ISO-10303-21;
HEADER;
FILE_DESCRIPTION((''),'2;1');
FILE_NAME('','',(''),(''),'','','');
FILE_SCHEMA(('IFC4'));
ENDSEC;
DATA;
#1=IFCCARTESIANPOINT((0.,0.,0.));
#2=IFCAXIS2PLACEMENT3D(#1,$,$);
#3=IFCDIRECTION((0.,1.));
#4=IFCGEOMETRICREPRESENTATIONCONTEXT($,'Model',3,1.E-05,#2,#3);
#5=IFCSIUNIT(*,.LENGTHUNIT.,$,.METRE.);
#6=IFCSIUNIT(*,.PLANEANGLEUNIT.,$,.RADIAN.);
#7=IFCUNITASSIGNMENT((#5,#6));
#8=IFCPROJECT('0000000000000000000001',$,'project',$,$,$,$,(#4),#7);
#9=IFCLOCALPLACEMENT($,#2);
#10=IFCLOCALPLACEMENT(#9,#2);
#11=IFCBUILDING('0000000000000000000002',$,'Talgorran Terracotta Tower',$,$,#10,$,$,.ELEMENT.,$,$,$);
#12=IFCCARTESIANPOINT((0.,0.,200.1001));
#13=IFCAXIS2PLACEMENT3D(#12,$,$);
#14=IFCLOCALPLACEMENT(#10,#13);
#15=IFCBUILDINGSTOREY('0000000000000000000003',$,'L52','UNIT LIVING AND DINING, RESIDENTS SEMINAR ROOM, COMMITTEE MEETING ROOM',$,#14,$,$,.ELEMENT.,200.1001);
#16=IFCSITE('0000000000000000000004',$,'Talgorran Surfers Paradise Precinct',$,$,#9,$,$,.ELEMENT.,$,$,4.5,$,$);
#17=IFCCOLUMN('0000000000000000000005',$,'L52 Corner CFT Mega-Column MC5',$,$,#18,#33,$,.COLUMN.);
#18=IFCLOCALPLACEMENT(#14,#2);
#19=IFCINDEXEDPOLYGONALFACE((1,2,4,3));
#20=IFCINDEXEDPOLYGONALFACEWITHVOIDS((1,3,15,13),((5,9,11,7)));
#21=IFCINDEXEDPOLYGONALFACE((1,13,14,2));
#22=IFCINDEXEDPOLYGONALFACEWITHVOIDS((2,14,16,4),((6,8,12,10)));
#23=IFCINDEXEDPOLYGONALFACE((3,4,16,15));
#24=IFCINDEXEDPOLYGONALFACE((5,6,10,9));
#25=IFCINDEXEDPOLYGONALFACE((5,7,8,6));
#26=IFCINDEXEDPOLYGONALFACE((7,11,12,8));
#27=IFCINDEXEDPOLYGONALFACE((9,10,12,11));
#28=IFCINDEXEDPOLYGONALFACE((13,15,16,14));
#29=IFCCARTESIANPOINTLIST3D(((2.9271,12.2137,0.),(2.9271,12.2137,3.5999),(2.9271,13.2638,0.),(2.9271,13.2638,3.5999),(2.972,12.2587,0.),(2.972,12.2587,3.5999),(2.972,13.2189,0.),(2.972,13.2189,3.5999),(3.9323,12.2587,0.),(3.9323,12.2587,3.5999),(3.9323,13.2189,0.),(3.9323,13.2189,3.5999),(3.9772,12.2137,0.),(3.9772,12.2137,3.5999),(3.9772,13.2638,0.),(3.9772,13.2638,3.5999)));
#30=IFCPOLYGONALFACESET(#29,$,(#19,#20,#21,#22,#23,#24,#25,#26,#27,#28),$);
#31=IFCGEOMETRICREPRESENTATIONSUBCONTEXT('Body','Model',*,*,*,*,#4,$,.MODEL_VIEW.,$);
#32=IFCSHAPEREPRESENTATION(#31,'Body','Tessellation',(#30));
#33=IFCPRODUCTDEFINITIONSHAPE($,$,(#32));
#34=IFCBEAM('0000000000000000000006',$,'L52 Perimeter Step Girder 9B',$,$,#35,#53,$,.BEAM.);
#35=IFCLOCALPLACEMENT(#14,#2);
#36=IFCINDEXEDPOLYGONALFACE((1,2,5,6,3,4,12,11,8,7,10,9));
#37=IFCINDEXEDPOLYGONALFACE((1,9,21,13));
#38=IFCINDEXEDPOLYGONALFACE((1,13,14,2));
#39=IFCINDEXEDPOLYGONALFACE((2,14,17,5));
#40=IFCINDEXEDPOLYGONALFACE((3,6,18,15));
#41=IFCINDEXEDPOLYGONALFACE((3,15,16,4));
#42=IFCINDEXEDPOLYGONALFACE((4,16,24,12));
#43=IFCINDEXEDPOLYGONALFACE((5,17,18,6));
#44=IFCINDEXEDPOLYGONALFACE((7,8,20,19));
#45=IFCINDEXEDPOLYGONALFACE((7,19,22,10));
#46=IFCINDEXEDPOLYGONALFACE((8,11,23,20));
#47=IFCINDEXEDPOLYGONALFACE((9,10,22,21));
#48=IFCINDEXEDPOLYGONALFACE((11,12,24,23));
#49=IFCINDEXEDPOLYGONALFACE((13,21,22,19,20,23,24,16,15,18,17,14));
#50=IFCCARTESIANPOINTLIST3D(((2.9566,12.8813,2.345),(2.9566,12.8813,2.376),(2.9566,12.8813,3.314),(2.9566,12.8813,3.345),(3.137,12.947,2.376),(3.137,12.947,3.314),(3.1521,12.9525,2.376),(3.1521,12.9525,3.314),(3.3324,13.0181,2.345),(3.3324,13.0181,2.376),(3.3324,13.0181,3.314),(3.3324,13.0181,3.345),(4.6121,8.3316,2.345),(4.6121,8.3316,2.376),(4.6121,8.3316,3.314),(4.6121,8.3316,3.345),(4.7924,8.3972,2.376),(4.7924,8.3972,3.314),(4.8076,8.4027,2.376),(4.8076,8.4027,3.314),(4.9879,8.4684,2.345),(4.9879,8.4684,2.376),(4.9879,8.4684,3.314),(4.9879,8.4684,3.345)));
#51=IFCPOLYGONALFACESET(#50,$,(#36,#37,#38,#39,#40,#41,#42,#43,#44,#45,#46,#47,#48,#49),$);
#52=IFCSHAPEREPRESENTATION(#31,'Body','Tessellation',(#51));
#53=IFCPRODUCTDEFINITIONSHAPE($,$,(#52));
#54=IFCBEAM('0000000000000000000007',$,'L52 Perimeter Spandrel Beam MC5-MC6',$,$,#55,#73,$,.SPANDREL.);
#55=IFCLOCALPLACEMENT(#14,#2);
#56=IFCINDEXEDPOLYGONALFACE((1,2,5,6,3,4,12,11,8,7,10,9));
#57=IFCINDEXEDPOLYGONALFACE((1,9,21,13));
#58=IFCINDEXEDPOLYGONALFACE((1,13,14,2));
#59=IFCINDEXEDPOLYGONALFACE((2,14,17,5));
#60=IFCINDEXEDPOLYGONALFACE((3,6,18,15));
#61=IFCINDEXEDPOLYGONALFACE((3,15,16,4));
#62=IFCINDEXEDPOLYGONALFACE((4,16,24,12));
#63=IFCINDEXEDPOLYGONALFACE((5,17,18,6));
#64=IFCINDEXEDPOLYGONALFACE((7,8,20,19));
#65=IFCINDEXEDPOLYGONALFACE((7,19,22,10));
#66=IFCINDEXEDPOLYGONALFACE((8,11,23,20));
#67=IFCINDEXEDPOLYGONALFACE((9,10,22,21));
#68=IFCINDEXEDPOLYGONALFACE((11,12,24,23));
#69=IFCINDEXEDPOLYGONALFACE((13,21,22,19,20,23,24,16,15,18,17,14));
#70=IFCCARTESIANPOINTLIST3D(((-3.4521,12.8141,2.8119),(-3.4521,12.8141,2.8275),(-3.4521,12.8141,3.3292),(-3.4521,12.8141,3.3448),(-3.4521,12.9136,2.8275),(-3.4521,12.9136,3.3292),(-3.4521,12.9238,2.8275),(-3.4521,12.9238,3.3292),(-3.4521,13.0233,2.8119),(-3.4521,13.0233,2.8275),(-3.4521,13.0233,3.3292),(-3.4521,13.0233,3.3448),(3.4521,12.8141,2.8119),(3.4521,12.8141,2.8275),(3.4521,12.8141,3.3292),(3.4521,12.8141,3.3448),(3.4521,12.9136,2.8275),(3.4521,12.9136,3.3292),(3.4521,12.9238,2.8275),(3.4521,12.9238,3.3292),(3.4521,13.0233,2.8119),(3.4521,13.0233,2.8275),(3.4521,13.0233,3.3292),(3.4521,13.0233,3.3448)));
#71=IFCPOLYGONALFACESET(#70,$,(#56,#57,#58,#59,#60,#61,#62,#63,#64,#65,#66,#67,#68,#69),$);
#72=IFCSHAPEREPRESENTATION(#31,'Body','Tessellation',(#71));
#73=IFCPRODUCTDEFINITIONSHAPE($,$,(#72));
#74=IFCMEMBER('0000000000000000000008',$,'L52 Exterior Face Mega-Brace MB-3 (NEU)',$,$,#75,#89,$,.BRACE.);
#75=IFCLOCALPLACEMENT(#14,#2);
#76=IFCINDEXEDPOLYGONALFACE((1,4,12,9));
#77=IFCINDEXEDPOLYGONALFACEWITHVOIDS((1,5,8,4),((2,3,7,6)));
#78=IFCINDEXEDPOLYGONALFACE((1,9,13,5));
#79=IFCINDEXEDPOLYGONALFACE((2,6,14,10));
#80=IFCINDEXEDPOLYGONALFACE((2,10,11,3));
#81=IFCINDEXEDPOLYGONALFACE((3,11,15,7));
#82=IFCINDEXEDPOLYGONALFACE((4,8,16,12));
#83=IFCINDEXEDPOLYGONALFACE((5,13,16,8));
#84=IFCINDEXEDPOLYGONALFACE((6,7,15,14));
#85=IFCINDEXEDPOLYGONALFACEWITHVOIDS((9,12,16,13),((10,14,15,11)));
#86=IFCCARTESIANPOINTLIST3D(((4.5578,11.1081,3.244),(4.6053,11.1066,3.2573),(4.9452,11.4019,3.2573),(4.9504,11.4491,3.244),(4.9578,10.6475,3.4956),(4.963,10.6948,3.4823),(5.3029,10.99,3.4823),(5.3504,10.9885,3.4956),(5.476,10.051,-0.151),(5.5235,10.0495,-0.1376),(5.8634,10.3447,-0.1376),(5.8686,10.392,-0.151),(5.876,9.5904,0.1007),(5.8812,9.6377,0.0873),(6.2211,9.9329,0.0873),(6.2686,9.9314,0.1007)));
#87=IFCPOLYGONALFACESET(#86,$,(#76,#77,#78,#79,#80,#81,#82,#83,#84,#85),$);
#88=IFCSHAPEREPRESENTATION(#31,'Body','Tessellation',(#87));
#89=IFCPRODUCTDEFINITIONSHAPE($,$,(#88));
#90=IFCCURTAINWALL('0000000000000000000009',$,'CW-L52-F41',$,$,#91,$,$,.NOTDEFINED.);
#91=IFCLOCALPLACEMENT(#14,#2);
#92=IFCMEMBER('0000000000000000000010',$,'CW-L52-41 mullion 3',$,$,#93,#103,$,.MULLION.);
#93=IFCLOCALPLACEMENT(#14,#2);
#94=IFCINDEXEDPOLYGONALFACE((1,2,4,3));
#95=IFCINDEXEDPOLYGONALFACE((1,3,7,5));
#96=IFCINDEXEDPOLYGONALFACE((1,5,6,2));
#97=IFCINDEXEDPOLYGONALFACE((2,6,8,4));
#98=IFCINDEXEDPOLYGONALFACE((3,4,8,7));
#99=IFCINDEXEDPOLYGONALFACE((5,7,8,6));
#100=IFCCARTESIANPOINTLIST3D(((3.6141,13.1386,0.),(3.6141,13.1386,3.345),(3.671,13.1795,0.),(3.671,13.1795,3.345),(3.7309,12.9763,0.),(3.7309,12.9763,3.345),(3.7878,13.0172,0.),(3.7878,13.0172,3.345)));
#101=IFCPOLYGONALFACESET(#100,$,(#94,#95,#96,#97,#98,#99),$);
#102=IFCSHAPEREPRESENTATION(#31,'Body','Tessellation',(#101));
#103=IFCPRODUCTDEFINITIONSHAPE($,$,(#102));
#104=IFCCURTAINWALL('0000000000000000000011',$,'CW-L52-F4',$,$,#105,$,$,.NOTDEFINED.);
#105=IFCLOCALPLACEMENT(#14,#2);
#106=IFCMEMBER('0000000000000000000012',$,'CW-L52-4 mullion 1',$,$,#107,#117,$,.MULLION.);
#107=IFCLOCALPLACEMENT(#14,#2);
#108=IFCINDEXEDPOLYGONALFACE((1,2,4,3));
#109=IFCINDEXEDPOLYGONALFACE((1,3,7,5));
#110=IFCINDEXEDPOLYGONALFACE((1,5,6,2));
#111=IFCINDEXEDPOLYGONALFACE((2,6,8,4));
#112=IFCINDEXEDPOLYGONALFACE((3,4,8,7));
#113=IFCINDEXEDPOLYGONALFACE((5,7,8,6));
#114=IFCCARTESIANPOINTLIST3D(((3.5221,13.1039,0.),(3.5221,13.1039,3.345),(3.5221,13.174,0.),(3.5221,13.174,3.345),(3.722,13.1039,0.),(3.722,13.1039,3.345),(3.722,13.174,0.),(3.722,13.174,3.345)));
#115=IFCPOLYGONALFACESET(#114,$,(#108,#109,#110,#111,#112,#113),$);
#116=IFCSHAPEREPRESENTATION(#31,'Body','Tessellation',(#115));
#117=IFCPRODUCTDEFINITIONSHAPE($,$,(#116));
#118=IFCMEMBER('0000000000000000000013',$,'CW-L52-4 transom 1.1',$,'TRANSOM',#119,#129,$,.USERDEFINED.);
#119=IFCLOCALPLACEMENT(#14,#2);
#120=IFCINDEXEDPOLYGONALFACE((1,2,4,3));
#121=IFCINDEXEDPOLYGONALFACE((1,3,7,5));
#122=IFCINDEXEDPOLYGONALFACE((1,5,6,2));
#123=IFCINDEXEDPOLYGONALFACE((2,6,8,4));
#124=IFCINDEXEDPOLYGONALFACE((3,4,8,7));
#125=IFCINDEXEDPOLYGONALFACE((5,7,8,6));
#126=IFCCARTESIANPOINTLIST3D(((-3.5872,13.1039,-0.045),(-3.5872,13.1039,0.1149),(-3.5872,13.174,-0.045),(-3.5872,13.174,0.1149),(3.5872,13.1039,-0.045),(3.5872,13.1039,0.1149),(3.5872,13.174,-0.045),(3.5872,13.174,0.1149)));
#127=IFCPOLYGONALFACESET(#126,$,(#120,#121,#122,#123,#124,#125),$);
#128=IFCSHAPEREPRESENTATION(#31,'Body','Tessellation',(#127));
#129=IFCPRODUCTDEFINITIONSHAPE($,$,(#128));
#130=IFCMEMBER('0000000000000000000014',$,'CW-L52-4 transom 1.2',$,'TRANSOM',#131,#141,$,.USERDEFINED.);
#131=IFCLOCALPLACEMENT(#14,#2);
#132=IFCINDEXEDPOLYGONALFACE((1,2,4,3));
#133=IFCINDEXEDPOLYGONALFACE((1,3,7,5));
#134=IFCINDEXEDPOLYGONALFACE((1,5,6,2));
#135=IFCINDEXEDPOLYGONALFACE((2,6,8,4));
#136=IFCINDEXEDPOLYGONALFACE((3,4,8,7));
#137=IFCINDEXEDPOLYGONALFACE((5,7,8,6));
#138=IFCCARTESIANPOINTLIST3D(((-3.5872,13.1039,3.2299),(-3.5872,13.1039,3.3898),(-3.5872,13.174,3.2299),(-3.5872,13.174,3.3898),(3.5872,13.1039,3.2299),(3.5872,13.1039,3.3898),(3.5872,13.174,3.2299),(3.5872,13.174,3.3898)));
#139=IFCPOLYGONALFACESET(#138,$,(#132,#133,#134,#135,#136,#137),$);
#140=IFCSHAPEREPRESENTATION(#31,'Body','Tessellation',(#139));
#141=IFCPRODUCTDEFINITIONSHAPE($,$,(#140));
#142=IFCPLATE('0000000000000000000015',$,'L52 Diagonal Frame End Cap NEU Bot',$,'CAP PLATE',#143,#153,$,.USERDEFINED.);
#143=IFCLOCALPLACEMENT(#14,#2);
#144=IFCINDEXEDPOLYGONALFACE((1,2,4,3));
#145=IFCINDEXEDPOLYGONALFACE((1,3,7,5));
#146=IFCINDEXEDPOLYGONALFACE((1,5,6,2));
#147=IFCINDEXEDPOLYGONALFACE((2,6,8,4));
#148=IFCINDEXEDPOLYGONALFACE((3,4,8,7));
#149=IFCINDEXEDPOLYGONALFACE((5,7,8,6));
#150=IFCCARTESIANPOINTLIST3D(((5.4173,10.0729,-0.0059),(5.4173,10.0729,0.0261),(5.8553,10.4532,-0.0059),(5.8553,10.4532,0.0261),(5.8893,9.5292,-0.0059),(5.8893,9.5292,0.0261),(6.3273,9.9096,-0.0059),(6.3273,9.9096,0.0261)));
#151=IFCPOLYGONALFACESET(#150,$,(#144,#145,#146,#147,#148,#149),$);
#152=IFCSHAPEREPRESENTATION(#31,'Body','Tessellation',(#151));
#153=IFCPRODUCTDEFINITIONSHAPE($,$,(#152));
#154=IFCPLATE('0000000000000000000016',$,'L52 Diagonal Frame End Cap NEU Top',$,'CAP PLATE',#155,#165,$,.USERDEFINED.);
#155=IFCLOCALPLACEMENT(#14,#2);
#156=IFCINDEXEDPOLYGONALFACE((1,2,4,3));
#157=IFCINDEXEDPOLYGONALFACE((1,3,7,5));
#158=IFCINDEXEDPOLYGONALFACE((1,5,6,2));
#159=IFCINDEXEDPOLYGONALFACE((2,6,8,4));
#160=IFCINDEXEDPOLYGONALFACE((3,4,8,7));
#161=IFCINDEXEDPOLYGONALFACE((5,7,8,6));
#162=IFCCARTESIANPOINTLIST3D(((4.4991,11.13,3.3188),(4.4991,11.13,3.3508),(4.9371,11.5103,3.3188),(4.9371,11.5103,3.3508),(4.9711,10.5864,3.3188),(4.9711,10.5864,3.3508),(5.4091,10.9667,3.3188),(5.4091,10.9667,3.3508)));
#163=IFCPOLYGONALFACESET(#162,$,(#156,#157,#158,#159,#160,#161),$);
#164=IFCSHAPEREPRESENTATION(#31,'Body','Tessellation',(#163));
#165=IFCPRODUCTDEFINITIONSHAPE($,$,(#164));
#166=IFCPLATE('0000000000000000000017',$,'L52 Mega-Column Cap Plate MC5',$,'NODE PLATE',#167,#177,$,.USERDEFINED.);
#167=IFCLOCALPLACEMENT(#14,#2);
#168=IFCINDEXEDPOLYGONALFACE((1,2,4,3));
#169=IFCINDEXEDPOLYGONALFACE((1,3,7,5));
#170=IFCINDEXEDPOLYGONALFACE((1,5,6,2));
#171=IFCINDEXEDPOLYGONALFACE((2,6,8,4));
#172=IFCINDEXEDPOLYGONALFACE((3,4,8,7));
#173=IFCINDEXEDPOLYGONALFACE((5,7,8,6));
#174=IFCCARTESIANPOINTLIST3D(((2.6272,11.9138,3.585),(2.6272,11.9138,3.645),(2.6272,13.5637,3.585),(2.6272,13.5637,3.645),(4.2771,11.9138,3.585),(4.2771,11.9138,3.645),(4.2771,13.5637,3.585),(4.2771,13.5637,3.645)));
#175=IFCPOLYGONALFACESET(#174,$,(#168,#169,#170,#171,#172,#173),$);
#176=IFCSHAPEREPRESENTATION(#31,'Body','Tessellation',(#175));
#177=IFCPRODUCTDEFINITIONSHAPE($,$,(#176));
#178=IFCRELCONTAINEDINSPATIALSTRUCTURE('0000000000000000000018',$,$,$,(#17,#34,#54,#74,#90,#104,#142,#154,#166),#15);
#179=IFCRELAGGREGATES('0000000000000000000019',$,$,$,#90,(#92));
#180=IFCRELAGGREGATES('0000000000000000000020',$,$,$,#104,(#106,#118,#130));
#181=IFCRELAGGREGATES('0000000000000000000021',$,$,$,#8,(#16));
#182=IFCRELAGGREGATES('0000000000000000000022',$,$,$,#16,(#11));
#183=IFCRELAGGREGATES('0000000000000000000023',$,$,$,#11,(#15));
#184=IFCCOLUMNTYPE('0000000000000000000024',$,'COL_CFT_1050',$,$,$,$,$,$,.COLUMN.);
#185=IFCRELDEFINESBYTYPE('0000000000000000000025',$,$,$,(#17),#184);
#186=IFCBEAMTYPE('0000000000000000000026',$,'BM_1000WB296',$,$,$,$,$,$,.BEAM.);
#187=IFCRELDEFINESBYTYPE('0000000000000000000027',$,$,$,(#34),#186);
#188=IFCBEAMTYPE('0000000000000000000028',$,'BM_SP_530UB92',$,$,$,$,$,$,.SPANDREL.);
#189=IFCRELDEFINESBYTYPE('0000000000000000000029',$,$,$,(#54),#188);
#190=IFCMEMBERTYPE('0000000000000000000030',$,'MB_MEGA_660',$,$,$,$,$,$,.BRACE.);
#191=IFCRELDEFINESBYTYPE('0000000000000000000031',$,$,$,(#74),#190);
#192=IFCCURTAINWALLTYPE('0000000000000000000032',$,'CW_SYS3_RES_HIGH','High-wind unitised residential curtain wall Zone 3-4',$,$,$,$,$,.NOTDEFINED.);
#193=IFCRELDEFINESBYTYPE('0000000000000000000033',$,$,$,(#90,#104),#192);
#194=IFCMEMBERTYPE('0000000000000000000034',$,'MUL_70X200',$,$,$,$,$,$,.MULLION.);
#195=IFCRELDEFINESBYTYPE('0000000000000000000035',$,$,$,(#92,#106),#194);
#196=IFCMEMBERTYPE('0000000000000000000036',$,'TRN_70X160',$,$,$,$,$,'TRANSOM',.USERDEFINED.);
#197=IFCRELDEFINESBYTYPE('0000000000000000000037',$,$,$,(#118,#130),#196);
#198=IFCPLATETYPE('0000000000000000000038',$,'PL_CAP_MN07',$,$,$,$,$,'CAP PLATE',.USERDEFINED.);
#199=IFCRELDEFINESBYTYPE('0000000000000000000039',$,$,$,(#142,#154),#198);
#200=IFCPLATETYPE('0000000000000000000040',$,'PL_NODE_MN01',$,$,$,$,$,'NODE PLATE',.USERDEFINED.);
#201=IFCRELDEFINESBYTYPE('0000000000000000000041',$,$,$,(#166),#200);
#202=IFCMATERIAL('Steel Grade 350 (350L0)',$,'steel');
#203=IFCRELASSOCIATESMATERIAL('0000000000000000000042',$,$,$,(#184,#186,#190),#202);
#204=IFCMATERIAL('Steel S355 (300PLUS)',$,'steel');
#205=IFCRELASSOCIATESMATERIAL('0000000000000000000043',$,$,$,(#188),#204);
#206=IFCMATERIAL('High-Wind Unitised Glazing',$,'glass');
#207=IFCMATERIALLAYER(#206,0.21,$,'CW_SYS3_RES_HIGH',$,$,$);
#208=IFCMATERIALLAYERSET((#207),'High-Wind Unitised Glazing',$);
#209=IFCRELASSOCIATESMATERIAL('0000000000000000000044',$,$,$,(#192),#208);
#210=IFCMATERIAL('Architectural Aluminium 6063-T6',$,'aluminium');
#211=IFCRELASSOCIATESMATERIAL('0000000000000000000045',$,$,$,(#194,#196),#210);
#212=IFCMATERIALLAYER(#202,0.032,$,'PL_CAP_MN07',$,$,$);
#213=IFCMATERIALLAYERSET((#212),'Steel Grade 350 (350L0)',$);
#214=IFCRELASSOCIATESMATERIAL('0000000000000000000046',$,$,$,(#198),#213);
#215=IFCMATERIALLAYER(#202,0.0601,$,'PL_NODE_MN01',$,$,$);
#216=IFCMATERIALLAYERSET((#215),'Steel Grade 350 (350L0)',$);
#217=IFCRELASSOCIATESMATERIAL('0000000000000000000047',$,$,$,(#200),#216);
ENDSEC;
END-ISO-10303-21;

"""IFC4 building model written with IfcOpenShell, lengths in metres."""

from ifc_helpers import new_model, si_unit, direction, frame, origin, origin_2d, place, context, subcontext, project, spatial, rectangle, hollow_rectangle, i_section, extrude, material, layer, layer_set, material_profile, profile_set, type_object, element, aggregate, save


model = new_model("IFC4")

# Units and contexts
model_context = context("Model", 3, precision=1e-05, world=origin(), true_north=direction((0.0, 1.0)))
body_context = subcontext(model_context, "Body", "Model", "MODEL_VIEW")
ifc_project = project(units=[si_unit("LENGTHUNIT", "METRE"), si_unit("PLANEANGLEUNIT", "RADIAN")], contexts=[model_context])

# Site, building, storey
site_placement = place(None, origin())
site = spatial("IfcSite", under=ifc_project, at=site_placement, Name="Talgorran Surfers Paradise Precinct", CompositionType="ELEMENT", RefElevation=4.5)
building_placement = place(site_placement, origin())
building = spatial("IfcBuilding", under=site, at=building_placement, Name="Talgorran Terracotta Tower", CompositionType="ELEMENT")
storey_placement = place(building_placement, frame((0.0, 0.0, 200.1001)))
storey = spatial("IfcBuildingStorey", under=building, at=storey_placement, Name="L52", Description="UNIT LIVING AND DINING, RESIDENTS SEMINAR ROOM, COMMITTEE MEETING ROOM", CompositionType="ELEMENT", Elevation=200.1001)

# Column
ifc_material_1 = material(Name="Steel Grade 350 (350L0)", Category="steel")
ifc_material_profile_1 = material_profile(ifc_material_1, hollow_rectangle(XDim=1.05, YDim=1.05, WallThickness=0.0449, at=origin_2d()), Name="CFT1050X1050X45")
ifc_profile_set_1 = profile_set([ifc_material_profile_1], Name="Steel Grade 350 (350L0)")
column_type = type_object("IfcColumnType", Name="COL_CFT_1050", PredefinedType="COLUMN", material=ifc_profile_set_1)
column_placement = place(storey_placement, frame((3.4521, 12.7388, 0.0), z_axis=(0.0, 0.0, 1.0), x_axis=(1.0, 0.0, 0.0)))
element("IfcColumn", 1, at=column_placement, inside=storey, type_object=column_type, Name="L52 Corner CFT Mega-Column MC5", PredefinedType="COLUMN", context=body_context, shape_type="SweptSolid", body=[
    extrude(hollow_rectangle(XDim=1.05, YDim=1.05, WallThickness=0.0449, at=origin_2d()), origin(), (0.0, 0.0, 1.0), 3.5999),
])

# Beams
ifc_material_profile_2 = material_profile(ifc_material_1, i_section(OverallWidth=0.3999, OverallDepth=1.0, WebThickness=0.0161, FlangeThickness=0.031, at=origin_2d()), Name="1000WB296")
ifc_profile_set_2 = profile_set([ifc_material_profile_2], Name="Steel Grade 350 (350L0)")
beam_type_1 = type_object("IfcBeamType", Name="BM_1000WB296", PredefinedType="BEAM", material=ifc_profile_set_2)
beam_1_placement = place(storey_placement, frame((3.1445, 12.9497, 2.845), z_axis=(0.341933, -0.939724, 0.0), x_axis=(0.939724, 0.341933, 0.0)))
element("IfcBeam", 2, at=beam_1_placement, inside=storey, type_object=beam_type_1, Name="L52 Perimeter Step Girder 9B", PredefinedType="BEAM", context=body_context, shape_type="SweptSolid", body=[
    extrude(i_section(OverallWidth=0.3999, OverallDepth=1.0, WebThickness=0.0161, FlangeThickness=0.031, at=origin_2d()), origin(), (0.0, 0.0, 1.0), 4.8416),
])
ifc_material_2 = material(Name="Steel S355 (300PLUS)", Category="steel")
ifc_material_profile_3 = material_profile(ifc_material_2, i_section(OverallWidth=0.2092, OverallDepth=0.533, WebThickness=0.0103, FlangeThickness=0.0156, at=origin_2d()), Name="530UB92.4")
ifc_profile_set_3 = profile_set([ifc_material_profile_3], Name="Steel S355 (300PLUS)")
beam_type_2 = type_object("IfcBeamType", Name="BM_SP_530UB92", PredefinedType="SPANDREL", material=ifc_profile_set_3)
beam_2_placement = place(storey_placement, frame((3.4521, 12.9187, 3.0784), z_axis=(-1.0, 0.0, 0.0), x_axis=(0.0, -1.0, 0.0)))
element("IfcBeam", 3, at=beam_2_placement, inside=storey, type_object=beam_type_2, Name="L52 Perimeter Spandrel Beam MC5-MC6", PredefinedType="SPANDREL", context=body_context, shape_type="SweptSolid", body=[
    extrude(i_section(OverallWidth=0.2092, OverallDepth=0.533, WebThickness=0.0103, FlangeThickness=0.0156, at=origin_2d()), origin(), (0.0, 0.0, 1.0), 6.9043),
])

# Member
ifc_material_profile_4 = material_profile(ifc_material_1, hollow_rectangle(XDim=0.52, YDim=0.6599, WallThickness=0.0349, at=origin_2d()), Name="WBOX660X520X35")
ifc_profile_set_4 = profile_set([ifc_material_profile_4], Name="Steel Grade 350 (350L0)")
member_type_1 = type_object("IfcMemberType", Name="MB_MEGA_660", PredefinedType="BRACE", material=ifc_profile_set_4)
member_1_placement = place(storey_placement, frame((5.8723, 9.9912, -0.0251), z_axis=(-0.250028, 0.287855, 0.92446), x_axis=(-0.75497, -0.65576, 0.0)))
element("IfcMember", 4, at=member_1_placement, inside=storey, type_object=member_type_1, Name="L52 Exterior Face Mega-Brace MB-3 (NEU)", PredefinedType="BRACE", context=body_context, shape_type="SweptSolid", body=[
    extrude(hollow_rectangle(XDim=0.52, YDim=0.6599, WallThickness=0.0349, at=origin_2d()), origin(), (0.0, 0.0, 1.0), 3.6724),
])

# Curtain wall, member
ifc_material_3 = material(Name="High-Wind Unitised Glazing", Category="glass")
ifc_layer_1 = layer(ifc_material_3, 0.21, Name="CW_SYS3_RES_HIGH")
ifc_layer_set_1 = layer_set([ifc_layer_1], Name="High-Wind Unitised Glazing")
curtain_wall_type = type_object("IfcCurtainWallType", Name="CW_SYS3_RES_HIGH", Description="High-wind unitised residential curtain wall Zone 3-4", PredefinedType="NOTDEFINED", material=ifc_layer_set_1)
curtain_wall_1_placement = place(storey_placement, origin())
curtain_wall_1 = element("IfcCurtainWall", 5, at=curtain_wall_1_placement, inside=storey, type_object=curtain_wall_type, Name="CW-L52-F41", PredefinedType="NOTDEFINED")
ifc_material_4 = material(Name="Architectural Aluminium 6063-T6", Category="aluminium")
ifc_material_profile_5 = material_profile(ifc_material_4, rectangle(XDim=0.0701, YDim=0.2, at=origin_2d()), Name="CWM70X200")
ifc_profile_set_5 = profile_set([ifc_material_profile_5], Name="Architectural Aluminium 6063-T6")
member_type_2 = type_object("IfcMemberType", Name="MUL_70X200", PredefinedType="MULLION", material=ifc_profile_set_5)
member_2_placement = place(storey_placement, frame((3.7009, 13.0779, 0.0), z_axis=(0.0, 0.0, 1.0), x_axis=(-0.811765, -0.583984, 0.0)))
member_2 = element("IfcMember", 6, at=member_2_placement, type_object=member_type_2, Name="CW-L52-41 mullion 3", PredefinedType="MULLION", context=body_context, shape_type="SweptSolid", body=[
    extrude(rectangle(XDim=0.0701, YDim=0.2, at=origin_2d()), origin(), (0.0, 0.0, 1.0), 3.345),
])

# Curtain wall, members
curtain_wall_2_placement = place(storey_placement, origin())
curtain_wall_2 = element("IfcCurtainWall", 7, at=curtain_wall_2_placement, inside=storey, type_object=curtain_wall_type, Name="CW-L52-F4", PredefinedType="NOTDEFINED")
member_3_placement = place(storey_placement, frame((3.6221, 13.1389, 0.0), z_axis=(0.0, 0.0, 1.0), x_axis=(0.0, -1.0, 0.0)))
member_3 = element("IfcMember", 8, at=member_3_placement, type_object=member_type_2, Name="CW-L52-4 mullion 1", PredefinedType="MULLION", context=body_context, shape_type="SweptSolid", body=[
    extrude(rectangle(XDim=0.0701, YDim=0.2, at=origin_2d()), origin(), (0.0, 0.0, 1.0), 3.345),
])
ifc_material_profile_6 = material_profile(ifc_material_4, rectangle(XDim=0.0701, YDim=0.1599, at=origin_2d()), Name="CWT70X160")
ifc_profile_set_6 = profile_set([ifc_material_profile_6], Name="Architectural Aluminium 6063-T6")
member_type_3 = type_object("IfcMemberType", Name="TRN_70X160", ElementType="TRANSOM", PredefinedType="USERDEFINED", material=ifc_profile_set_6)
member_4_placement = place(storey_placement, frame((3.5872, 13.1389, 0.0349), z_axis=(-1.0, 0.0, 0.0), x_axis=(0.0, -1.0, 0.0)))
member_4 = element("IfcMember", 9, at=member_4_placement, type_object=member_type_3, Name="CW-L52-4 transom 1.1", ObjectType="TRANSOM", PredefinedType="USERDEFINED", context=body_context, shape_type="SweptSolid", body=[
    extrude(rectangle(XDim=0.0701, YDim=0.1599, at=origin_2d()), origin(), (0.0, 0.0, 1.0), 7.1743),
])
member_5_placement = place(storey_placement, frame((3.5872, 13.1389, 3.3098), z_axis=(-1.0, 0.0, 0.0), x_axis=(0.0, -1.0, 0.0)))
member_5 = element("IfcMember", 10, at=member_5_placement, type_object=member_type_3, Name="CW-L52-4 transom 1.2", ObjectType="TRANSOM", PredefinedType="USERDEFINED", context=body_context, shape_type="SweptSolid", body=[
    extrude(rectangle(XDim=0.0701, YDim=0.1599, at=origin_2d()), origin(), (0.0, 0.0, 1.0), 7.1743),
])

# Plates
ifc_layer_2 = layer(ifc_material_1, 0.032, Name="PL_CAP_MN07")
ifc_layer_set_2 = layer_set([ifc_layer_2], Name="Steel Grade 350 (350L0)")
plate_type_1 = type_object("IfcPlateType", Name="PL_CAP_MN07", ElementType="CAP PLATE", PredefinedType="USERDEFINED", material=ifc_layer_set_2)
for number, where, z_axis, x_axis, name in (
    (11, (5.8723, 9.9912, -0.0059), (0.0, 0.0, 1.0), (-0.655664, 0.755053, 0.0), "L52 Diagonal Frame End Cap NEU Bot"),
    (12, (4.9541, 11.0483, 3.3188), (0.0, 0.0, 1.0), (-0.655664, 0.755053, 0.0), "L52 Diagonal Frame End Cap NEU Top"),
):
    element("IfcPlate", number, at=place(storey_placement, frame(where, z_axis=z_axis, x_axis=x_axis)), inside=storey, type_object=plate_type_1, Name=name, ObjectType="CAP PLATE", PredefinedType="USERDEFINED", context=body_context, shape_type="SweptSolid", body=[
        extrude(rectangle(XDim=0.72, YDim=0.5801, at=origin_2d()), origin(), (0.0, 0.0, 1.0), 0.032),
    ])
ifc_layer_3 = layer(ifc_material_1, 0.0601, Name="PL_NODE_MN01")
ifc_layer_set_3 = layer_set([ifc_layer_3], Name="Steel Grade 350 (350L0)")
plate_type_2 = type_object("IfcPlateType", Name="PL_NODE_MN01", ElementType="NODE PLATE", PredefinedType="USERDEFINED", material=ifc_layer_set_3)
plate_1_placement = place(storey_placement, frame((3.4521, 12.7388, 3.585), z_axis=(0.0, 0.0, 1.0), x_axis=(1.0, 0.0, 0.0)))
element("IfcPlate", 13, at=plate_1_placement, inside=storey, type_object=plate_type_2, Name="L52 Mega-Column Cap Plate MC5", ObjectType="NODE PLATE", PredefinedType="USERDEFINED", context=body_context, shape_type="SweptSolid", body=[
    extrude(rectangle(XDim=1.6499, YDim=1.6499, at=origin_2d()), origin(), (0.0, 0.0, 1.0), 0.0601),
])

aggregate(curtain_wall_1, [member_2])
aggregate(curtain_wall_2, [member_3, member_4, member_5])

save(model, "model.ifc")
